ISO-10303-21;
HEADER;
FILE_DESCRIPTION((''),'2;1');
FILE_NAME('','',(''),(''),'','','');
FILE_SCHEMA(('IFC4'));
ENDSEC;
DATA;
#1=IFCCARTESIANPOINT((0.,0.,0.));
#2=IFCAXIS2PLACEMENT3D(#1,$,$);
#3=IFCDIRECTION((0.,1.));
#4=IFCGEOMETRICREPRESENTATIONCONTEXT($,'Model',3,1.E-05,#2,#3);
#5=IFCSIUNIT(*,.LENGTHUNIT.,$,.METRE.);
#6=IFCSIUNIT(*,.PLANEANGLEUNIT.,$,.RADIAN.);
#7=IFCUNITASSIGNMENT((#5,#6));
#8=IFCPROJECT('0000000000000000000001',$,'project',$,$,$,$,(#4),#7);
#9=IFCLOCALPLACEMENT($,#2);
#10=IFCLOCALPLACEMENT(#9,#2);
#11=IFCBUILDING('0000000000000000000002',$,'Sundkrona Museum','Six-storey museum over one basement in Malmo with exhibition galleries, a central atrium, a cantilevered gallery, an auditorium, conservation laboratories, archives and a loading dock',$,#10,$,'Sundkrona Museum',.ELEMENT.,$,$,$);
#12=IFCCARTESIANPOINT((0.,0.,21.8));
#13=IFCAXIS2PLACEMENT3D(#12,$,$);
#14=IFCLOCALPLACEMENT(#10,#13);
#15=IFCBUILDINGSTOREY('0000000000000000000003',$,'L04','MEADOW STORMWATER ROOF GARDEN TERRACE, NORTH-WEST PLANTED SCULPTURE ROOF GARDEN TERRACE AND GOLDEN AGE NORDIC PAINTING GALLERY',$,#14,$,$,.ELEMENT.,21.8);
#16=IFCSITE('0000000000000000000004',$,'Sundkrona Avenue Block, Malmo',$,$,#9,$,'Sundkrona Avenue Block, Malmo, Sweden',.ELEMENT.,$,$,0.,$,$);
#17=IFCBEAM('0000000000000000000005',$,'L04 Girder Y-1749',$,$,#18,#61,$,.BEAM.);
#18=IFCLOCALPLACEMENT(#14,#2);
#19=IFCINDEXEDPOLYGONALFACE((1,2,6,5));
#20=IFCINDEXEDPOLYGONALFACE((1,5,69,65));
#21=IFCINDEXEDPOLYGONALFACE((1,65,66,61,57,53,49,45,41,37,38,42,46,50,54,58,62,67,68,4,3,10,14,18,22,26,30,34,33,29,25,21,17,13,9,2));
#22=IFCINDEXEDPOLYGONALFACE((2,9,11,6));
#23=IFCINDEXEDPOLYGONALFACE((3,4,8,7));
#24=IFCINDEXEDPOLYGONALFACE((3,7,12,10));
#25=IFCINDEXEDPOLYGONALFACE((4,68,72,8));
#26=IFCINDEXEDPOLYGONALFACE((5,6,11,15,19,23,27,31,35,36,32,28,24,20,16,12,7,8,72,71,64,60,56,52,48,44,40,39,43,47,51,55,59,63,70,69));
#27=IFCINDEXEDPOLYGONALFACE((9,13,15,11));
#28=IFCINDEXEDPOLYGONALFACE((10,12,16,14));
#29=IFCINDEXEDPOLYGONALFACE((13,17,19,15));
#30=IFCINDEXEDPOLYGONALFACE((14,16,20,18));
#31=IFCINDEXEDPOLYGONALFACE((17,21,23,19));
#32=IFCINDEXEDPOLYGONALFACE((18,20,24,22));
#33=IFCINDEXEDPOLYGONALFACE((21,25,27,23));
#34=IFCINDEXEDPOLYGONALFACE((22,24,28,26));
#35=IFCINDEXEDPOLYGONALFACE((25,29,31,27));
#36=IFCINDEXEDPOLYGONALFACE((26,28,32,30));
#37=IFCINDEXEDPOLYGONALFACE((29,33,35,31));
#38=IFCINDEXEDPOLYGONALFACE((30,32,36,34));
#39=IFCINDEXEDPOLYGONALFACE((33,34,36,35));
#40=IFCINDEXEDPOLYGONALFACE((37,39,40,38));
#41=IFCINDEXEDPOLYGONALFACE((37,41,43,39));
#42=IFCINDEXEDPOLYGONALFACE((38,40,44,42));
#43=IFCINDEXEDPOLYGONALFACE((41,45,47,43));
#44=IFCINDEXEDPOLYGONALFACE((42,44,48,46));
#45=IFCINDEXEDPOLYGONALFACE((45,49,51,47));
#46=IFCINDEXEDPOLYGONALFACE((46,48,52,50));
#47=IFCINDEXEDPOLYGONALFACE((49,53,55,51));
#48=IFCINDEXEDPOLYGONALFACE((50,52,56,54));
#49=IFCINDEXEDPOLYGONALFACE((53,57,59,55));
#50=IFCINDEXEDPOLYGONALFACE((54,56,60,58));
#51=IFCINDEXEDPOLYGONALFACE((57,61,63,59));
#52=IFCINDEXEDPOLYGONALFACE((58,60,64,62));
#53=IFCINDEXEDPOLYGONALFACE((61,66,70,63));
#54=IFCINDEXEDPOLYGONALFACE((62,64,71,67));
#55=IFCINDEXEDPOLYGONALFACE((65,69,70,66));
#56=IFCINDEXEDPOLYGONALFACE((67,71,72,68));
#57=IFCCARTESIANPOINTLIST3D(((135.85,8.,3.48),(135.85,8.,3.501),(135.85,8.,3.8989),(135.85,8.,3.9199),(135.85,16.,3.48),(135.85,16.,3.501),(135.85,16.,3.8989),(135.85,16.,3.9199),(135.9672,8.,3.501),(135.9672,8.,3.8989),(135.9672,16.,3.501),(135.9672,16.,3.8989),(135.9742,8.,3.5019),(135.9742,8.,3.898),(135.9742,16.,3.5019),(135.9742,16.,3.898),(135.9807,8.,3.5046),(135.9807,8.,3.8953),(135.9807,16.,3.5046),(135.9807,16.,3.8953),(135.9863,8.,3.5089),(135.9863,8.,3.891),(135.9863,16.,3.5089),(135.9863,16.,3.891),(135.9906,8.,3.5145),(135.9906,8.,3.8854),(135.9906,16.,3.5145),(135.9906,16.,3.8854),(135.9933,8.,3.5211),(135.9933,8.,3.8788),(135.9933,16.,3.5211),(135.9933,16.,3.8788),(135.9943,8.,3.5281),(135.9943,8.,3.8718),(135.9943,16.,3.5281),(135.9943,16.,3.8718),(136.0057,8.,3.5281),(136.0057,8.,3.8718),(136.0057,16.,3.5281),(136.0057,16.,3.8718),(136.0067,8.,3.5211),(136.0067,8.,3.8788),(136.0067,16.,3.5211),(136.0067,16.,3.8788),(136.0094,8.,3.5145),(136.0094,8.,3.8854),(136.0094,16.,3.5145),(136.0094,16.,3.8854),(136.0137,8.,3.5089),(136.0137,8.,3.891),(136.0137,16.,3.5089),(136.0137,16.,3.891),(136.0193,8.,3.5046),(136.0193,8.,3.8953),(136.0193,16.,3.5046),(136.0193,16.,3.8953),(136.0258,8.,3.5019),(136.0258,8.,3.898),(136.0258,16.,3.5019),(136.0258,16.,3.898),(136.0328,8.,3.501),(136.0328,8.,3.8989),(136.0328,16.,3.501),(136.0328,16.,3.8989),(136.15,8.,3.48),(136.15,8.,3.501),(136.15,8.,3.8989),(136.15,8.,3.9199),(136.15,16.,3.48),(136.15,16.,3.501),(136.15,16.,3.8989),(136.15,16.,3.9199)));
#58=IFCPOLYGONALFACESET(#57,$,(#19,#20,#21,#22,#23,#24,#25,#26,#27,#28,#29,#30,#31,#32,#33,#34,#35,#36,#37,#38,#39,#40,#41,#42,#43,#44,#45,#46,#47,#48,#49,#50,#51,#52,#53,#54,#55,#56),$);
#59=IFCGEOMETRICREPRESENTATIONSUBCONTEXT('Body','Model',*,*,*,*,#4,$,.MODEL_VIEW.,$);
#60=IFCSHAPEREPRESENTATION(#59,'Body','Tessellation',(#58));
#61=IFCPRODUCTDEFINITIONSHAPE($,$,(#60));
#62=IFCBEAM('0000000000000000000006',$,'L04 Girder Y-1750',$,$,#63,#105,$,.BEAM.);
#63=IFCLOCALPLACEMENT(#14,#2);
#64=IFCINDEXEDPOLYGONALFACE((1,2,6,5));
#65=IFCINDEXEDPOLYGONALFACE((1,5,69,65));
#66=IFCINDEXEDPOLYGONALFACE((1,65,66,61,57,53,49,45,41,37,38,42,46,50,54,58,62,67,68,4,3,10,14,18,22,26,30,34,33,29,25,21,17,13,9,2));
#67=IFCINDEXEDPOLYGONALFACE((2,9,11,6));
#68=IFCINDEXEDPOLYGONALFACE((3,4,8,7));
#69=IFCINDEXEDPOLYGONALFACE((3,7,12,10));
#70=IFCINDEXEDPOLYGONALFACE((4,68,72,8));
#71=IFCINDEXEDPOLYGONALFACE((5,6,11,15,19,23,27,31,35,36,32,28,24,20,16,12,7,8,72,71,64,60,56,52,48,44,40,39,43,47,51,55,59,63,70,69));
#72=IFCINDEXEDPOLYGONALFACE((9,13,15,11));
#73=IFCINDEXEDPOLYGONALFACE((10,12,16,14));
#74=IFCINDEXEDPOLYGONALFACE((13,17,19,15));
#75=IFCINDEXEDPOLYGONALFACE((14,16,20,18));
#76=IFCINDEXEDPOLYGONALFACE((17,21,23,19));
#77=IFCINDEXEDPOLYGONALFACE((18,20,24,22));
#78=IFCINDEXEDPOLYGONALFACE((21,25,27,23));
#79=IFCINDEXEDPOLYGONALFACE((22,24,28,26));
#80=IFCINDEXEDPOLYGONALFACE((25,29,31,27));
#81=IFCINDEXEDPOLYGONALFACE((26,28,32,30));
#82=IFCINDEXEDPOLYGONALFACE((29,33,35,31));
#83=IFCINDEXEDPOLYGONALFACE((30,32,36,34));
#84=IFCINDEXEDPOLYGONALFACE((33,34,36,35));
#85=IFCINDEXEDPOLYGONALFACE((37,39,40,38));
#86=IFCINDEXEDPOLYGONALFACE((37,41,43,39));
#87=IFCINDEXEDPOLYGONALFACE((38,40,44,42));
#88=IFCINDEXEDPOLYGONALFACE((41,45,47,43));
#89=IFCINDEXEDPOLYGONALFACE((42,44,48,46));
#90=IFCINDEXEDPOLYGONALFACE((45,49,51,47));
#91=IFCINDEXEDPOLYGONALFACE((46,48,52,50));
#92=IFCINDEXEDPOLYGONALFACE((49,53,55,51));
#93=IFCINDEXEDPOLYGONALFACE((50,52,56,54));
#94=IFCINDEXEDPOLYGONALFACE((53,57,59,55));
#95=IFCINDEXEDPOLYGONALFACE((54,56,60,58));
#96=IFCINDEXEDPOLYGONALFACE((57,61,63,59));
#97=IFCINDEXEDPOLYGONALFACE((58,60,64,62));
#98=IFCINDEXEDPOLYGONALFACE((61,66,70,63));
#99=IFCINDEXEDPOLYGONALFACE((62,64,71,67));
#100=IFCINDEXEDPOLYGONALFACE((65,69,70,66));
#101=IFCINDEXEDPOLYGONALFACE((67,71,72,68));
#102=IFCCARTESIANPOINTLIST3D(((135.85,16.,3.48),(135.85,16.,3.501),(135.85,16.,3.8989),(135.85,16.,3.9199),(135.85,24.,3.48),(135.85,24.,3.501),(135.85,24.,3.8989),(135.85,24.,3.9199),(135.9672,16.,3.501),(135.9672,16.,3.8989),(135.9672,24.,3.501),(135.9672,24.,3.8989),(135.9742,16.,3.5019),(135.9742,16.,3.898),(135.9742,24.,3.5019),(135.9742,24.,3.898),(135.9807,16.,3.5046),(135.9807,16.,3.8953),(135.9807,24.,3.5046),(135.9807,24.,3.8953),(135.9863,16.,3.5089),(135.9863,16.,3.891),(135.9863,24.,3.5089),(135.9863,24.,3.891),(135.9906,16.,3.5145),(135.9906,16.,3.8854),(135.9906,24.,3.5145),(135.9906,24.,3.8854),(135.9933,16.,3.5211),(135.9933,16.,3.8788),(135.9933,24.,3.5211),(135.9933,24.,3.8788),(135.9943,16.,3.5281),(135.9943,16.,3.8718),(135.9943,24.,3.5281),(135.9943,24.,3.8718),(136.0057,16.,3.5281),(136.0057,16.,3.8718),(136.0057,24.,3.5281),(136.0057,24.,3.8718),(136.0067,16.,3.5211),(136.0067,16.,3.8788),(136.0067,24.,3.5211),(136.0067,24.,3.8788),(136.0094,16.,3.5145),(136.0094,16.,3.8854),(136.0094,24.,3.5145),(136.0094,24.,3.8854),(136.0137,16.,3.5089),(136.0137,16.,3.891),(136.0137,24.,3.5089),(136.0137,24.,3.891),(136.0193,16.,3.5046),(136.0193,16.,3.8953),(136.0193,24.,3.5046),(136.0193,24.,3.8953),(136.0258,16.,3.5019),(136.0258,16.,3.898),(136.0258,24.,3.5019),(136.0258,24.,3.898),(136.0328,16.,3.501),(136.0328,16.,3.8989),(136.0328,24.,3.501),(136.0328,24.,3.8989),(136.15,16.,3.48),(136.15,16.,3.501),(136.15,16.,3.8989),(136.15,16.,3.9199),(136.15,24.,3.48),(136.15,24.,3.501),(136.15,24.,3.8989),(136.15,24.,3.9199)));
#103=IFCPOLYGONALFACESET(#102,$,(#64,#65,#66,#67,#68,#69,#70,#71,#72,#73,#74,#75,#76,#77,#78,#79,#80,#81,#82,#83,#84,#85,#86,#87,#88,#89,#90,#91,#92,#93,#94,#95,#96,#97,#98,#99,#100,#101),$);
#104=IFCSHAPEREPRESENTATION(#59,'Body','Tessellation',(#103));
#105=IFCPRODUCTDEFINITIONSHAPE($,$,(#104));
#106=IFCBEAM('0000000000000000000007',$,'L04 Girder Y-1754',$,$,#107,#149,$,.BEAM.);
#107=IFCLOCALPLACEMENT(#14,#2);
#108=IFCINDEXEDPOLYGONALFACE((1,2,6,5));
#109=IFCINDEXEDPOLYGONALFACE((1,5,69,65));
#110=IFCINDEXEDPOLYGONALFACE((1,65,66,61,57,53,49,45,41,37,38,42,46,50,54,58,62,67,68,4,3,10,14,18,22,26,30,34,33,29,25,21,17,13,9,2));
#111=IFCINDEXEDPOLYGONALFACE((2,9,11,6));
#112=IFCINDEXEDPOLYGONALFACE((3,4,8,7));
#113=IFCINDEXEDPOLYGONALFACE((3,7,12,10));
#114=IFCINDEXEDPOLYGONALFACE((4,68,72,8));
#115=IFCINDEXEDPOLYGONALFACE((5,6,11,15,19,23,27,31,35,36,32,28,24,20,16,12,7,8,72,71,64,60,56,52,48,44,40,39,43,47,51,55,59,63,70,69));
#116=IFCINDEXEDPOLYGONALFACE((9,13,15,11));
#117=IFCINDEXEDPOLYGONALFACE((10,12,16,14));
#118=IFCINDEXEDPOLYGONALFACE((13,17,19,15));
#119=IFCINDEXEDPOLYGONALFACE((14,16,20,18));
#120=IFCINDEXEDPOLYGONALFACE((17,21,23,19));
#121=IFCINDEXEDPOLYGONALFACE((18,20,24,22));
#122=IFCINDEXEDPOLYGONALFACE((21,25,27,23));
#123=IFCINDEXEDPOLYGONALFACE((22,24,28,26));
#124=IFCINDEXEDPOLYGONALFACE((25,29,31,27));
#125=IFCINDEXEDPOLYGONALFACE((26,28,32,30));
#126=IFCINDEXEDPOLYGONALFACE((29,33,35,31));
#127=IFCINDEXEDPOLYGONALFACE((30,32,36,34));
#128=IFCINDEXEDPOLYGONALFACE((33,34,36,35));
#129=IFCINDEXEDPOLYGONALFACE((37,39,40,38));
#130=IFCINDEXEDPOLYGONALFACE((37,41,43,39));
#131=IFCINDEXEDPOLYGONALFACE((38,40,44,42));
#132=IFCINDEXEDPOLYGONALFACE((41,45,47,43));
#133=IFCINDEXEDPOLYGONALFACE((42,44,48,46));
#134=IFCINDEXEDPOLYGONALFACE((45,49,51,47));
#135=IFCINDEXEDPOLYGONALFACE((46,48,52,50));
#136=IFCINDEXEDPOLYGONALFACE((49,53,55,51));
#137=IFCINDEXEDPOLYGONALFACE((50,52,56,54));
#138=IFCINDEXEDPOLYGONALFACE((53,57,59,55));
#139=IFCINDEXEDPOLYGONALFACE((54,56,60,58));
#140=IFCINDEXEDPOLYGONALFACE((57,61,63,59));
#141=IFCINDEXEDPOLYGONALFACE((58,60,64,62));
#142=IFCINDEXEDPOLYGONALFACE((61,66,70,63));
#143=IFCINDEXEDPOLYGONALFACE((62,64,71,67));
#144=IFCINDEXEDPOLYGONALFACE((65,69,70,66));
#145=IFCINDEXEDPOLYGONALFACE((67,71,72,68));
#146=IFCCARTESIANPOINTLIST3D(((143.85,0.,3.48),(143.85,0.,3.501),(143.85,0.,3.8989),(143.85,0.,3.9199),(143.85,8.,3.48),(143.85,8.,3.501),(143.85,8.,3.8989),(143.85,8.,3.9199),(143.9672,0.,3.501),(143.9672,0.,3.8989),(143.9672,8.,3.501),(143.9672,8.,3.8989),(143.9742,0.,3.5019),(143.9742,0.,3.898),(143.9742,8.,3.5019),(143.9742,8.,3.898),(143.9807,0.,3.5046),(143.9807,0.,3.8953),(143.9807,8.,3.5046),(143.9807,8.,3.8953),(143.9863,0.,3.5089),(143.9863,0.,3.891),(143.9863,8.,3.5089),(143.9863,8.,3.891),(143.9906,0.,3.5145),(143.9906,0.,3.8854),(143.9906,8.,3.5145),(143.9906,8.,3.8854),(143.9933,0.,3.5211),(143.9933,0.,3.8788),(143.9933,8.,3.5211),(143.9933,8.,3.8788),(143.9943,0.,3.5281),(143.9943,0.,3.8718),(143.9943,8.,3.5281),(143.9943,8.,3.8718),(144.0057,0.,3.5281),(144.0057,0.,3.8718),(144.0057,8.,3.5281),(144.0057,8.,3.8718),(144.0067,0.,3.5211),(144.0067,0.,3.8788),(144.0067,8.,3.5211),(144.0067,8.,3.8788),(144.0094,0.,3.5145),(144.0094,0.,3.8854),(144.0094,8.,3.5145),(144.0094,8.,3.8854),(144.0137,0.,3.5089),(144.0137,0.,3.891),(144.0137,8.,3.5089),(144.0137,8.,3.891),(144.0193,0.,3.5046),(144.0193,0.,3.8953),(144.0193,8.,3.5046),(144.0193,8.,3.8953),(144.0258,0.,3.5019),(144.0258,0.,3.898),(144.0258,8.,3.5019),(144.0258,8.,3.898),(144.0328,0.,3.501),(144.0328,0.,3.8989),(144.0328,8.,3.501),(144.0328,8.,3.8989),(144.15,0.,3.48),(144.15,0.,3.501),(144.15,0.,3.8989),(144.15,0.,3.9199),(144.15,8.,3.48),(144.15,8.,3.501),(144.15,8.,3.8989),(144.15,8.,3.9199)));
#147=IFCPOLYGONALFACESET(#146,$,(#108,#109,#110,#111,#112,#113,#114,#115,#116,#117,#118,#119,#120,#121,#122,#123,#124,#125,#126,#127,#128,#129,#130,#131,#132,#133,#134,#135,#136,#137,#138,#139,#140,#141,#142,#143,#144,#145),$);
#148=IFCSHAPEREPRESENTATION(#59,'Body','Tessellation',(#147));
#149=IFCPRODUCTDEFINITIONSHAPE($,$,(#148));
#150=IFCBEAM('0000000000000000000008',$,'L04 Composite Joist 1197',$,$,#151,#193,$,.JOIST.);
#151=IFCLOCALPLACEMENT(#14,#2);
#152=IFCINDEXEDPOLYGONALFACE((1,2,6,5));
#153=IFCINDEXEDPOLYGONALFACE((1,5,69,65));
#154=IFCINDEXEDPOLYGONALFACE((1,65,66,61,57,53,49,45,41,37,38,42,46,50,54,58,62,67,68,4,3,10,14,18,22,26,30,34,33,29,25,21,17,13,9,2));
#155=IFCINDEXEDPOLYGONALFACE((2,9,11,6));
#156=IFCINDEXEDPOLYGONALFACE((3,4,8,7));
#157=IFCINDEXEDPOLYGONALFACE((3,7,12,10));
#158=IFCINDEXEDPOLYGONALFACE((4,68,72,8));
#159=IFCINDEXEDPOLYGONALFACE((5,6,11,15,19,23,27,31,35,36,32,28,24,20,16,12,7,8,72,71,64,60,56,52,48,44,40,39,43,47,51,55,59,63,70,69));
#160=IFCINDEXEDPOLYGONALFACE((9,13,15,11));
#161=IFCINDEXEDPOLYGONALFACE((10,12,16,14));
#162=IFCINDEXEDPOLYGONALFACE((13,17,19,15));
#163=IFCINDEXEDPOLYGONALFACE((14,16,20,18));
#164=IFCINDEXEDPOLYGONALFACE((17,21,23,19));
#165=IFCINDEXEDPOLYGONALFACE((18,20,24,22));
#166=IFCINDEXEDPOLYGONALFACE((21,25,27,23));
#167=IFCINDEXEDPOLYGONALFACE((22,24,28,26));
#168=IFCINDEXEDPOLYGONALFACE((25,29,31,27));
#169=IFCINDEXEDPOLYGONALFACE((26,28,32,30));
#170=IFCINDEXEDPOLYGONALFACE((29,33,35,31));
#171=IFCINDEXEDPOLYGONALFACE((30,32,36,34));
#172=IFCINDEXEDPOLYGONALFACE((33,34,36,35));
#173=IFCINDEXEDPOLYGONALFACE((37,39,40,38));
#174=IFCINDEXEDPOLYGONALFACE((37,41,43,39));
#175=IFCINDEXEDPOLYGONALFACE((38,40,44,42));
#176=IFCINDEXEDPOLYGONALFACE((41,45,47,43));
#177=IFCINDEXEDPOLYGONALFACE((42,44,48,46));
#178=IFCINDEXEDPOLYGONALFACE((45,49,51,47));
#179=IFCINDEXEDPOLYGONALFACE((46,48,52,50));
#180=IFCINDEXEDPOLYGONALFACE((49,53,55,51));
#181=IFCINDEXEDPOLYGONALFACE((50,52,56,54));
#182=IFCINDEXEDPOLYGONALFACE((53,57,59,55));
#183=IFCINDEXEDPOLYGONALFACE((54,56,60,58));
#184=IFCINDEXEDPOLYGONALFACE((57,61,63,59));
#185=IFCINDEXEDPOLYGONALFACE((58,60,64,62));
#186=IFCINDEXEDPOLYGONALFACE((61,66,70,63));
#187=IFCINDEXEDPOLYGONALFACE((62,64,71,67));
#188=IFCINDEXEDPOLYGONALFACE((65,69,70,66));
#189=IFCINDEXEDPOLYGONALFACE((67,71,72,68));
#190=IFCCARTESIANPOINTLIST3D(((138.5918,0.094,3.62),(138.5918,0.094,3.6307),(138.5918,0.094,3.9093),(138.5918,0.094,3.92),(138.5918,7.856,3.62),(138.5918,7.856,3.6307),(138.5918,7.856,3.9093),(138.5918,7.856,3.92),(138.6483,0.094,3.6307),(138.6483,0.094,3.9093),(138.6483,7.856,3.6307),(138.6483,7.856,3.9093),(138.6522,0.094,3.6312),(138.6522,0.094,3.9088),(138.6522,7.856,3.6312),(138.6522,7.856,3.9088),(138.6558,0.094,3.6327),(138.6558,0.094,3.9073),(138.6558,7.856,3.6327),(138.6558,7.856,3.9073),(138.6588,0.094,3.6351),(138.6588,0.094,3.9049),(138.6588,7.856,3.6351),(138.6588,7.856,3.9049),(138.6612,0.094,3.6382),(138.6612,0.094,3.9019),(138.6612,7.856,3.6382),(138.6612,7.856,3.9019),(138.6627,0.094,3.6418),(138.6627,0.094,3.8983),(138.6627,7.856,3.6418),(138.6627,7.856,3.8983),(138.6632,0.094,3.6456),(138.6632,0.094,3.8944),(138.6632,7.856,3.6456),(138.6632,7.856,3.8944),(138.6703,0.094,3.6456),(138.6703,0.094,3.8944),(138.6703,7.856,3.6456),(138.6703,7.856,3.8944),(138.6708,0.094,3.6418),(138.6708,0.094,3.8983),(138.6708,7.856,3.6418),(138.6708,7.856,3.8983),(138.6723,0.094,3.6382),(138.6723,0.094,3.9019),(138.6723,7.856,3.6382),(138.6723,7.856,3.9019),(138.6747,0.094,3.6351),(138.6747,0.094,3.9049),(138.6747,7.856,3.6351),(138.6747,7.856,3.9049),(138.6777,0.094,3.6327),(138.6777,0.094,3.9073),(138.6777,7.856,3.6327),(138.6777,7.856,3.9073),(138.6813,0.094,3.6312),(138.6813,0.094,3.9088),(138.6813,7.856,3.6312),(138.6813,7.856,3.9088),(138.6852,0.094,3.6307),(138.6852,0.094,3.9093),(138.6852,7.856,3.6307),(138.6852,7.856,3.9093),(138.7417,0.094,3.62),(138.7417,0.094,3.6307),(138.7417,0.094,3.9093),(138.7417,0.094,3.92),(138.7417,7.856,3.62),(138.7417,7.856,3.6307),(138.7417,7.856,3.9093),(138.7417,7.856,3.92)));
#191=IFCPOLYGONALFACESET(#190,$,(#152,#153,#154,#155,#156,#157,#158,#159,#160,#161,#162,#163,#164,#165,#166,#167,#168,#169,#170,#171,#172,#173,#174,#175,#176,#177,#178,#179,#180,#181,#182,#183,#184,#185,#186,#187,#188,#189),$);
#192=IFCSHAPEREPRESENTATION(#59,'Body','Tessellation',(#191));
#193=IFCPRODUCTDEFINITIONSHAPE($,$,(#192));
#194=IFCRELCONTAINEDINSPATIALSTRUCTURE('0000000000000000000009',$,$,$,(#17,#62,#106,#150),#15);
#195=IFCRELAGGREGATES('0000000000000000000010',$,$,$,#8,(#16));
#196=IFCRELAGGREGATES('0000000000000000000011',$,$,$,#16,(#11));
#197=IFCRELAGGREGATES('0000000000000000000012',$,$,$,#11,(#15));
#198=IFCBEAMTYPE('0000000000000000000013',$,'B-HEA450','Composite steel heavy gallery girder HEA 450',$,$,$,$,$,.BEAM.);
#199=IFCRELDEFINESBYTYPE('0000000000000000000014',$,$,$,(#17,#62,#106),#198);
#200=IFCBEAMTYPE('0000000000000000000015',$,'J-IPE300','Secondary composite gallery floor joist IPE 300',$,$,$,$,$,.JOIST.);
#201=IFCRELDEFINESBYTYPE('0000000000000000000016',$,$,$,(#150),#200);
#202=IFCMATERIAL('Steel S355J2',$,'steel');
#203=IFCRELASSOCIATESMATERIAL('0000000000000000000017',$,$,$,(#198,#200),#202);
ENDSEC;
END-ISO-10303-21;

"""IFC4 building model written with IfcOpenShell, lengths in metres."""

from ifc_helpers import new_model, si_unit, direction, frame, origin, origin_2d, place, context, subcontext, project, spatial, i_section, extrude, material, material_profile, profile_set, type_object, element, save


model = new_model("IFC4")

# Units and contexts
model_context = context("Model", 3, precision=1e-05, world=origin(), true_north=direction((0.0, 1.0)))
body_context = subcontext(model_context, "Body", "Model", "MODEL_VIEW")
ifc_project = project(units=[si_unit("LENGTHUNIT", "METRE"), si_unit("PLANEANGLEUNIT", "RADIAN")], contexts=[model_context])

# Site, building, storey
site_placement = place(None, origin())
site = spatial("IfcSite", under=ifc_project, at=site_placement, Name="Sundkrona Avenue Block, Malmo", LongName="Sundkrona Avenue Block, Malmo, Sweden", CompositionType="ELEMENT", RefElevation=0.0)
building_placement = place(site_placement, origin())
building = spatial("IfcBuilding", under=site, at=building_placement, Name="Sundkrona Museum", Description="Six-storey museum over one basement in Malmo with exhibition galleries, a central atrium, a cantilevered gallery, an auditorium, conservation laboratories, archives and a loading dock", LongName="Sundkrona Museum", CompositionType="ELEMENT")
storey_placement = place(building_placement, frame((0.0, 0.0, 21.8)))
storey = spatial("IfcBuildingStorey", under=building, at=storey_placement, Name="L04", Description="MEADOW STORMWATER ROOF GARDEN TERRACE, NORTH-WEST PLANTED SCULPTURE ROOF GARDEN TERRACE AND GOLDEN AGE NORDIC PAINTING GALLERY", CompositionType="ELEMENT", Elevation=21.8)

# Shared definitions
ifc_material_1 = material(Name="Steel S355J2", Category="steel")

# Beams
ifc_material_profile_1 = material_profile(ifc_material_1, i_section(OverallWidth=0.3, OverallDepth=0.4399, WebThickness=0.0115, FlangeThickness=0.021, FilletRadius=0.0271, at=origin_2d()), Name="HEA 450")
ifc_profile_set_1 = profile_set([ifc_material_profile_1], Name="Steel S355J2")
beam_type_1 = type_object("IfcBeamType", Name="B-HEA450", Description="Composite steel heavy gallery girder HEA 450", PredefinedType="BEAM", material=ifc_profile_set_1)
for number, where, z_axis, x_axis, name in (
    (1, (136.0, 8.0, 3.7), (0.0, 1.0, 0.0), (-1.0, 0.0, 0.0), "L04 Girder Y-1749"),
    (2, (136.0, 16.0, 3.7), (0.0, 1.0, 0.0), (-1.0, 0.0, 0.0), "L04 Girder Y-1750"),
    (3, (144.0, 0.0, 3.7), (0.0, 1.0, 0.0), (-1.0, 0.0, 0.0), "L04 Girder Y-1754"),
):
    element("IfcBeam", number, at=place(storey_placement, frame(where, z_axis=z_axis, x_axis=x_axis)), inside=storey, type_object=beam_type_1, Name=name, PredefinedType="BEAM", context=body_context, shape_type="SweptSolid", body=[
        extrude(i_section(OverallWidth=0.3, OverallDepth=0.4399, WebThickness=0.0115, FlangeThickness=0.021, FilletRadius=0.0271, at=origin_2d()), origin(), (0.0, 0.0, 1.0), 8.0),
    ])
ifc_material_profile_2 = material_profile(ifc_material_1, i_section(OverallWidth=0.1499, OverallDepth=0.3, WebThickness=0.0071, FlangeThickness=0.0107, FilletRadius=0.0149, at=origin_2d()), Name="IPE 300")
ifc_profile_set_2 = profile_set([ifc_material_profile_2], Name="Steel S355J2")
beam_type_2 = type_object("IfcBeamType", Name="J-IPE300", Description="Secondary composite gallery floor joist IPE 300", PredefinedType="JOIST", material=ifc_profile_set_2)
for number, where, z_axis, x_axis, name in (
    (4, (138.6667, 0.094, 3.77), (0.0, 1.0, 0.0), (-1.0, 0.0, 0.0), "L04 Composite Joist 1197"),
):
    element("IfcBeam", number, at=place(storey_placement, frame(where, z_axis=z_axis, x_axis=x_axis)), inside=storey, type_object=beam_type_2, Name=name, PredefinedType="JOIST", context=body_context, shape_type="SweptSolid", body=[
        extrude(i_section(OverallWidth=0.1499, OverallDepth=0.3, WebThickness=0.0071, FlangeThickness=0.0107, FilletRadius=0.0149, at=origin_2d()), origin(), (0.0, 0.0, 1.0), 7.762),
    ])

save(model, "model.ifc")
